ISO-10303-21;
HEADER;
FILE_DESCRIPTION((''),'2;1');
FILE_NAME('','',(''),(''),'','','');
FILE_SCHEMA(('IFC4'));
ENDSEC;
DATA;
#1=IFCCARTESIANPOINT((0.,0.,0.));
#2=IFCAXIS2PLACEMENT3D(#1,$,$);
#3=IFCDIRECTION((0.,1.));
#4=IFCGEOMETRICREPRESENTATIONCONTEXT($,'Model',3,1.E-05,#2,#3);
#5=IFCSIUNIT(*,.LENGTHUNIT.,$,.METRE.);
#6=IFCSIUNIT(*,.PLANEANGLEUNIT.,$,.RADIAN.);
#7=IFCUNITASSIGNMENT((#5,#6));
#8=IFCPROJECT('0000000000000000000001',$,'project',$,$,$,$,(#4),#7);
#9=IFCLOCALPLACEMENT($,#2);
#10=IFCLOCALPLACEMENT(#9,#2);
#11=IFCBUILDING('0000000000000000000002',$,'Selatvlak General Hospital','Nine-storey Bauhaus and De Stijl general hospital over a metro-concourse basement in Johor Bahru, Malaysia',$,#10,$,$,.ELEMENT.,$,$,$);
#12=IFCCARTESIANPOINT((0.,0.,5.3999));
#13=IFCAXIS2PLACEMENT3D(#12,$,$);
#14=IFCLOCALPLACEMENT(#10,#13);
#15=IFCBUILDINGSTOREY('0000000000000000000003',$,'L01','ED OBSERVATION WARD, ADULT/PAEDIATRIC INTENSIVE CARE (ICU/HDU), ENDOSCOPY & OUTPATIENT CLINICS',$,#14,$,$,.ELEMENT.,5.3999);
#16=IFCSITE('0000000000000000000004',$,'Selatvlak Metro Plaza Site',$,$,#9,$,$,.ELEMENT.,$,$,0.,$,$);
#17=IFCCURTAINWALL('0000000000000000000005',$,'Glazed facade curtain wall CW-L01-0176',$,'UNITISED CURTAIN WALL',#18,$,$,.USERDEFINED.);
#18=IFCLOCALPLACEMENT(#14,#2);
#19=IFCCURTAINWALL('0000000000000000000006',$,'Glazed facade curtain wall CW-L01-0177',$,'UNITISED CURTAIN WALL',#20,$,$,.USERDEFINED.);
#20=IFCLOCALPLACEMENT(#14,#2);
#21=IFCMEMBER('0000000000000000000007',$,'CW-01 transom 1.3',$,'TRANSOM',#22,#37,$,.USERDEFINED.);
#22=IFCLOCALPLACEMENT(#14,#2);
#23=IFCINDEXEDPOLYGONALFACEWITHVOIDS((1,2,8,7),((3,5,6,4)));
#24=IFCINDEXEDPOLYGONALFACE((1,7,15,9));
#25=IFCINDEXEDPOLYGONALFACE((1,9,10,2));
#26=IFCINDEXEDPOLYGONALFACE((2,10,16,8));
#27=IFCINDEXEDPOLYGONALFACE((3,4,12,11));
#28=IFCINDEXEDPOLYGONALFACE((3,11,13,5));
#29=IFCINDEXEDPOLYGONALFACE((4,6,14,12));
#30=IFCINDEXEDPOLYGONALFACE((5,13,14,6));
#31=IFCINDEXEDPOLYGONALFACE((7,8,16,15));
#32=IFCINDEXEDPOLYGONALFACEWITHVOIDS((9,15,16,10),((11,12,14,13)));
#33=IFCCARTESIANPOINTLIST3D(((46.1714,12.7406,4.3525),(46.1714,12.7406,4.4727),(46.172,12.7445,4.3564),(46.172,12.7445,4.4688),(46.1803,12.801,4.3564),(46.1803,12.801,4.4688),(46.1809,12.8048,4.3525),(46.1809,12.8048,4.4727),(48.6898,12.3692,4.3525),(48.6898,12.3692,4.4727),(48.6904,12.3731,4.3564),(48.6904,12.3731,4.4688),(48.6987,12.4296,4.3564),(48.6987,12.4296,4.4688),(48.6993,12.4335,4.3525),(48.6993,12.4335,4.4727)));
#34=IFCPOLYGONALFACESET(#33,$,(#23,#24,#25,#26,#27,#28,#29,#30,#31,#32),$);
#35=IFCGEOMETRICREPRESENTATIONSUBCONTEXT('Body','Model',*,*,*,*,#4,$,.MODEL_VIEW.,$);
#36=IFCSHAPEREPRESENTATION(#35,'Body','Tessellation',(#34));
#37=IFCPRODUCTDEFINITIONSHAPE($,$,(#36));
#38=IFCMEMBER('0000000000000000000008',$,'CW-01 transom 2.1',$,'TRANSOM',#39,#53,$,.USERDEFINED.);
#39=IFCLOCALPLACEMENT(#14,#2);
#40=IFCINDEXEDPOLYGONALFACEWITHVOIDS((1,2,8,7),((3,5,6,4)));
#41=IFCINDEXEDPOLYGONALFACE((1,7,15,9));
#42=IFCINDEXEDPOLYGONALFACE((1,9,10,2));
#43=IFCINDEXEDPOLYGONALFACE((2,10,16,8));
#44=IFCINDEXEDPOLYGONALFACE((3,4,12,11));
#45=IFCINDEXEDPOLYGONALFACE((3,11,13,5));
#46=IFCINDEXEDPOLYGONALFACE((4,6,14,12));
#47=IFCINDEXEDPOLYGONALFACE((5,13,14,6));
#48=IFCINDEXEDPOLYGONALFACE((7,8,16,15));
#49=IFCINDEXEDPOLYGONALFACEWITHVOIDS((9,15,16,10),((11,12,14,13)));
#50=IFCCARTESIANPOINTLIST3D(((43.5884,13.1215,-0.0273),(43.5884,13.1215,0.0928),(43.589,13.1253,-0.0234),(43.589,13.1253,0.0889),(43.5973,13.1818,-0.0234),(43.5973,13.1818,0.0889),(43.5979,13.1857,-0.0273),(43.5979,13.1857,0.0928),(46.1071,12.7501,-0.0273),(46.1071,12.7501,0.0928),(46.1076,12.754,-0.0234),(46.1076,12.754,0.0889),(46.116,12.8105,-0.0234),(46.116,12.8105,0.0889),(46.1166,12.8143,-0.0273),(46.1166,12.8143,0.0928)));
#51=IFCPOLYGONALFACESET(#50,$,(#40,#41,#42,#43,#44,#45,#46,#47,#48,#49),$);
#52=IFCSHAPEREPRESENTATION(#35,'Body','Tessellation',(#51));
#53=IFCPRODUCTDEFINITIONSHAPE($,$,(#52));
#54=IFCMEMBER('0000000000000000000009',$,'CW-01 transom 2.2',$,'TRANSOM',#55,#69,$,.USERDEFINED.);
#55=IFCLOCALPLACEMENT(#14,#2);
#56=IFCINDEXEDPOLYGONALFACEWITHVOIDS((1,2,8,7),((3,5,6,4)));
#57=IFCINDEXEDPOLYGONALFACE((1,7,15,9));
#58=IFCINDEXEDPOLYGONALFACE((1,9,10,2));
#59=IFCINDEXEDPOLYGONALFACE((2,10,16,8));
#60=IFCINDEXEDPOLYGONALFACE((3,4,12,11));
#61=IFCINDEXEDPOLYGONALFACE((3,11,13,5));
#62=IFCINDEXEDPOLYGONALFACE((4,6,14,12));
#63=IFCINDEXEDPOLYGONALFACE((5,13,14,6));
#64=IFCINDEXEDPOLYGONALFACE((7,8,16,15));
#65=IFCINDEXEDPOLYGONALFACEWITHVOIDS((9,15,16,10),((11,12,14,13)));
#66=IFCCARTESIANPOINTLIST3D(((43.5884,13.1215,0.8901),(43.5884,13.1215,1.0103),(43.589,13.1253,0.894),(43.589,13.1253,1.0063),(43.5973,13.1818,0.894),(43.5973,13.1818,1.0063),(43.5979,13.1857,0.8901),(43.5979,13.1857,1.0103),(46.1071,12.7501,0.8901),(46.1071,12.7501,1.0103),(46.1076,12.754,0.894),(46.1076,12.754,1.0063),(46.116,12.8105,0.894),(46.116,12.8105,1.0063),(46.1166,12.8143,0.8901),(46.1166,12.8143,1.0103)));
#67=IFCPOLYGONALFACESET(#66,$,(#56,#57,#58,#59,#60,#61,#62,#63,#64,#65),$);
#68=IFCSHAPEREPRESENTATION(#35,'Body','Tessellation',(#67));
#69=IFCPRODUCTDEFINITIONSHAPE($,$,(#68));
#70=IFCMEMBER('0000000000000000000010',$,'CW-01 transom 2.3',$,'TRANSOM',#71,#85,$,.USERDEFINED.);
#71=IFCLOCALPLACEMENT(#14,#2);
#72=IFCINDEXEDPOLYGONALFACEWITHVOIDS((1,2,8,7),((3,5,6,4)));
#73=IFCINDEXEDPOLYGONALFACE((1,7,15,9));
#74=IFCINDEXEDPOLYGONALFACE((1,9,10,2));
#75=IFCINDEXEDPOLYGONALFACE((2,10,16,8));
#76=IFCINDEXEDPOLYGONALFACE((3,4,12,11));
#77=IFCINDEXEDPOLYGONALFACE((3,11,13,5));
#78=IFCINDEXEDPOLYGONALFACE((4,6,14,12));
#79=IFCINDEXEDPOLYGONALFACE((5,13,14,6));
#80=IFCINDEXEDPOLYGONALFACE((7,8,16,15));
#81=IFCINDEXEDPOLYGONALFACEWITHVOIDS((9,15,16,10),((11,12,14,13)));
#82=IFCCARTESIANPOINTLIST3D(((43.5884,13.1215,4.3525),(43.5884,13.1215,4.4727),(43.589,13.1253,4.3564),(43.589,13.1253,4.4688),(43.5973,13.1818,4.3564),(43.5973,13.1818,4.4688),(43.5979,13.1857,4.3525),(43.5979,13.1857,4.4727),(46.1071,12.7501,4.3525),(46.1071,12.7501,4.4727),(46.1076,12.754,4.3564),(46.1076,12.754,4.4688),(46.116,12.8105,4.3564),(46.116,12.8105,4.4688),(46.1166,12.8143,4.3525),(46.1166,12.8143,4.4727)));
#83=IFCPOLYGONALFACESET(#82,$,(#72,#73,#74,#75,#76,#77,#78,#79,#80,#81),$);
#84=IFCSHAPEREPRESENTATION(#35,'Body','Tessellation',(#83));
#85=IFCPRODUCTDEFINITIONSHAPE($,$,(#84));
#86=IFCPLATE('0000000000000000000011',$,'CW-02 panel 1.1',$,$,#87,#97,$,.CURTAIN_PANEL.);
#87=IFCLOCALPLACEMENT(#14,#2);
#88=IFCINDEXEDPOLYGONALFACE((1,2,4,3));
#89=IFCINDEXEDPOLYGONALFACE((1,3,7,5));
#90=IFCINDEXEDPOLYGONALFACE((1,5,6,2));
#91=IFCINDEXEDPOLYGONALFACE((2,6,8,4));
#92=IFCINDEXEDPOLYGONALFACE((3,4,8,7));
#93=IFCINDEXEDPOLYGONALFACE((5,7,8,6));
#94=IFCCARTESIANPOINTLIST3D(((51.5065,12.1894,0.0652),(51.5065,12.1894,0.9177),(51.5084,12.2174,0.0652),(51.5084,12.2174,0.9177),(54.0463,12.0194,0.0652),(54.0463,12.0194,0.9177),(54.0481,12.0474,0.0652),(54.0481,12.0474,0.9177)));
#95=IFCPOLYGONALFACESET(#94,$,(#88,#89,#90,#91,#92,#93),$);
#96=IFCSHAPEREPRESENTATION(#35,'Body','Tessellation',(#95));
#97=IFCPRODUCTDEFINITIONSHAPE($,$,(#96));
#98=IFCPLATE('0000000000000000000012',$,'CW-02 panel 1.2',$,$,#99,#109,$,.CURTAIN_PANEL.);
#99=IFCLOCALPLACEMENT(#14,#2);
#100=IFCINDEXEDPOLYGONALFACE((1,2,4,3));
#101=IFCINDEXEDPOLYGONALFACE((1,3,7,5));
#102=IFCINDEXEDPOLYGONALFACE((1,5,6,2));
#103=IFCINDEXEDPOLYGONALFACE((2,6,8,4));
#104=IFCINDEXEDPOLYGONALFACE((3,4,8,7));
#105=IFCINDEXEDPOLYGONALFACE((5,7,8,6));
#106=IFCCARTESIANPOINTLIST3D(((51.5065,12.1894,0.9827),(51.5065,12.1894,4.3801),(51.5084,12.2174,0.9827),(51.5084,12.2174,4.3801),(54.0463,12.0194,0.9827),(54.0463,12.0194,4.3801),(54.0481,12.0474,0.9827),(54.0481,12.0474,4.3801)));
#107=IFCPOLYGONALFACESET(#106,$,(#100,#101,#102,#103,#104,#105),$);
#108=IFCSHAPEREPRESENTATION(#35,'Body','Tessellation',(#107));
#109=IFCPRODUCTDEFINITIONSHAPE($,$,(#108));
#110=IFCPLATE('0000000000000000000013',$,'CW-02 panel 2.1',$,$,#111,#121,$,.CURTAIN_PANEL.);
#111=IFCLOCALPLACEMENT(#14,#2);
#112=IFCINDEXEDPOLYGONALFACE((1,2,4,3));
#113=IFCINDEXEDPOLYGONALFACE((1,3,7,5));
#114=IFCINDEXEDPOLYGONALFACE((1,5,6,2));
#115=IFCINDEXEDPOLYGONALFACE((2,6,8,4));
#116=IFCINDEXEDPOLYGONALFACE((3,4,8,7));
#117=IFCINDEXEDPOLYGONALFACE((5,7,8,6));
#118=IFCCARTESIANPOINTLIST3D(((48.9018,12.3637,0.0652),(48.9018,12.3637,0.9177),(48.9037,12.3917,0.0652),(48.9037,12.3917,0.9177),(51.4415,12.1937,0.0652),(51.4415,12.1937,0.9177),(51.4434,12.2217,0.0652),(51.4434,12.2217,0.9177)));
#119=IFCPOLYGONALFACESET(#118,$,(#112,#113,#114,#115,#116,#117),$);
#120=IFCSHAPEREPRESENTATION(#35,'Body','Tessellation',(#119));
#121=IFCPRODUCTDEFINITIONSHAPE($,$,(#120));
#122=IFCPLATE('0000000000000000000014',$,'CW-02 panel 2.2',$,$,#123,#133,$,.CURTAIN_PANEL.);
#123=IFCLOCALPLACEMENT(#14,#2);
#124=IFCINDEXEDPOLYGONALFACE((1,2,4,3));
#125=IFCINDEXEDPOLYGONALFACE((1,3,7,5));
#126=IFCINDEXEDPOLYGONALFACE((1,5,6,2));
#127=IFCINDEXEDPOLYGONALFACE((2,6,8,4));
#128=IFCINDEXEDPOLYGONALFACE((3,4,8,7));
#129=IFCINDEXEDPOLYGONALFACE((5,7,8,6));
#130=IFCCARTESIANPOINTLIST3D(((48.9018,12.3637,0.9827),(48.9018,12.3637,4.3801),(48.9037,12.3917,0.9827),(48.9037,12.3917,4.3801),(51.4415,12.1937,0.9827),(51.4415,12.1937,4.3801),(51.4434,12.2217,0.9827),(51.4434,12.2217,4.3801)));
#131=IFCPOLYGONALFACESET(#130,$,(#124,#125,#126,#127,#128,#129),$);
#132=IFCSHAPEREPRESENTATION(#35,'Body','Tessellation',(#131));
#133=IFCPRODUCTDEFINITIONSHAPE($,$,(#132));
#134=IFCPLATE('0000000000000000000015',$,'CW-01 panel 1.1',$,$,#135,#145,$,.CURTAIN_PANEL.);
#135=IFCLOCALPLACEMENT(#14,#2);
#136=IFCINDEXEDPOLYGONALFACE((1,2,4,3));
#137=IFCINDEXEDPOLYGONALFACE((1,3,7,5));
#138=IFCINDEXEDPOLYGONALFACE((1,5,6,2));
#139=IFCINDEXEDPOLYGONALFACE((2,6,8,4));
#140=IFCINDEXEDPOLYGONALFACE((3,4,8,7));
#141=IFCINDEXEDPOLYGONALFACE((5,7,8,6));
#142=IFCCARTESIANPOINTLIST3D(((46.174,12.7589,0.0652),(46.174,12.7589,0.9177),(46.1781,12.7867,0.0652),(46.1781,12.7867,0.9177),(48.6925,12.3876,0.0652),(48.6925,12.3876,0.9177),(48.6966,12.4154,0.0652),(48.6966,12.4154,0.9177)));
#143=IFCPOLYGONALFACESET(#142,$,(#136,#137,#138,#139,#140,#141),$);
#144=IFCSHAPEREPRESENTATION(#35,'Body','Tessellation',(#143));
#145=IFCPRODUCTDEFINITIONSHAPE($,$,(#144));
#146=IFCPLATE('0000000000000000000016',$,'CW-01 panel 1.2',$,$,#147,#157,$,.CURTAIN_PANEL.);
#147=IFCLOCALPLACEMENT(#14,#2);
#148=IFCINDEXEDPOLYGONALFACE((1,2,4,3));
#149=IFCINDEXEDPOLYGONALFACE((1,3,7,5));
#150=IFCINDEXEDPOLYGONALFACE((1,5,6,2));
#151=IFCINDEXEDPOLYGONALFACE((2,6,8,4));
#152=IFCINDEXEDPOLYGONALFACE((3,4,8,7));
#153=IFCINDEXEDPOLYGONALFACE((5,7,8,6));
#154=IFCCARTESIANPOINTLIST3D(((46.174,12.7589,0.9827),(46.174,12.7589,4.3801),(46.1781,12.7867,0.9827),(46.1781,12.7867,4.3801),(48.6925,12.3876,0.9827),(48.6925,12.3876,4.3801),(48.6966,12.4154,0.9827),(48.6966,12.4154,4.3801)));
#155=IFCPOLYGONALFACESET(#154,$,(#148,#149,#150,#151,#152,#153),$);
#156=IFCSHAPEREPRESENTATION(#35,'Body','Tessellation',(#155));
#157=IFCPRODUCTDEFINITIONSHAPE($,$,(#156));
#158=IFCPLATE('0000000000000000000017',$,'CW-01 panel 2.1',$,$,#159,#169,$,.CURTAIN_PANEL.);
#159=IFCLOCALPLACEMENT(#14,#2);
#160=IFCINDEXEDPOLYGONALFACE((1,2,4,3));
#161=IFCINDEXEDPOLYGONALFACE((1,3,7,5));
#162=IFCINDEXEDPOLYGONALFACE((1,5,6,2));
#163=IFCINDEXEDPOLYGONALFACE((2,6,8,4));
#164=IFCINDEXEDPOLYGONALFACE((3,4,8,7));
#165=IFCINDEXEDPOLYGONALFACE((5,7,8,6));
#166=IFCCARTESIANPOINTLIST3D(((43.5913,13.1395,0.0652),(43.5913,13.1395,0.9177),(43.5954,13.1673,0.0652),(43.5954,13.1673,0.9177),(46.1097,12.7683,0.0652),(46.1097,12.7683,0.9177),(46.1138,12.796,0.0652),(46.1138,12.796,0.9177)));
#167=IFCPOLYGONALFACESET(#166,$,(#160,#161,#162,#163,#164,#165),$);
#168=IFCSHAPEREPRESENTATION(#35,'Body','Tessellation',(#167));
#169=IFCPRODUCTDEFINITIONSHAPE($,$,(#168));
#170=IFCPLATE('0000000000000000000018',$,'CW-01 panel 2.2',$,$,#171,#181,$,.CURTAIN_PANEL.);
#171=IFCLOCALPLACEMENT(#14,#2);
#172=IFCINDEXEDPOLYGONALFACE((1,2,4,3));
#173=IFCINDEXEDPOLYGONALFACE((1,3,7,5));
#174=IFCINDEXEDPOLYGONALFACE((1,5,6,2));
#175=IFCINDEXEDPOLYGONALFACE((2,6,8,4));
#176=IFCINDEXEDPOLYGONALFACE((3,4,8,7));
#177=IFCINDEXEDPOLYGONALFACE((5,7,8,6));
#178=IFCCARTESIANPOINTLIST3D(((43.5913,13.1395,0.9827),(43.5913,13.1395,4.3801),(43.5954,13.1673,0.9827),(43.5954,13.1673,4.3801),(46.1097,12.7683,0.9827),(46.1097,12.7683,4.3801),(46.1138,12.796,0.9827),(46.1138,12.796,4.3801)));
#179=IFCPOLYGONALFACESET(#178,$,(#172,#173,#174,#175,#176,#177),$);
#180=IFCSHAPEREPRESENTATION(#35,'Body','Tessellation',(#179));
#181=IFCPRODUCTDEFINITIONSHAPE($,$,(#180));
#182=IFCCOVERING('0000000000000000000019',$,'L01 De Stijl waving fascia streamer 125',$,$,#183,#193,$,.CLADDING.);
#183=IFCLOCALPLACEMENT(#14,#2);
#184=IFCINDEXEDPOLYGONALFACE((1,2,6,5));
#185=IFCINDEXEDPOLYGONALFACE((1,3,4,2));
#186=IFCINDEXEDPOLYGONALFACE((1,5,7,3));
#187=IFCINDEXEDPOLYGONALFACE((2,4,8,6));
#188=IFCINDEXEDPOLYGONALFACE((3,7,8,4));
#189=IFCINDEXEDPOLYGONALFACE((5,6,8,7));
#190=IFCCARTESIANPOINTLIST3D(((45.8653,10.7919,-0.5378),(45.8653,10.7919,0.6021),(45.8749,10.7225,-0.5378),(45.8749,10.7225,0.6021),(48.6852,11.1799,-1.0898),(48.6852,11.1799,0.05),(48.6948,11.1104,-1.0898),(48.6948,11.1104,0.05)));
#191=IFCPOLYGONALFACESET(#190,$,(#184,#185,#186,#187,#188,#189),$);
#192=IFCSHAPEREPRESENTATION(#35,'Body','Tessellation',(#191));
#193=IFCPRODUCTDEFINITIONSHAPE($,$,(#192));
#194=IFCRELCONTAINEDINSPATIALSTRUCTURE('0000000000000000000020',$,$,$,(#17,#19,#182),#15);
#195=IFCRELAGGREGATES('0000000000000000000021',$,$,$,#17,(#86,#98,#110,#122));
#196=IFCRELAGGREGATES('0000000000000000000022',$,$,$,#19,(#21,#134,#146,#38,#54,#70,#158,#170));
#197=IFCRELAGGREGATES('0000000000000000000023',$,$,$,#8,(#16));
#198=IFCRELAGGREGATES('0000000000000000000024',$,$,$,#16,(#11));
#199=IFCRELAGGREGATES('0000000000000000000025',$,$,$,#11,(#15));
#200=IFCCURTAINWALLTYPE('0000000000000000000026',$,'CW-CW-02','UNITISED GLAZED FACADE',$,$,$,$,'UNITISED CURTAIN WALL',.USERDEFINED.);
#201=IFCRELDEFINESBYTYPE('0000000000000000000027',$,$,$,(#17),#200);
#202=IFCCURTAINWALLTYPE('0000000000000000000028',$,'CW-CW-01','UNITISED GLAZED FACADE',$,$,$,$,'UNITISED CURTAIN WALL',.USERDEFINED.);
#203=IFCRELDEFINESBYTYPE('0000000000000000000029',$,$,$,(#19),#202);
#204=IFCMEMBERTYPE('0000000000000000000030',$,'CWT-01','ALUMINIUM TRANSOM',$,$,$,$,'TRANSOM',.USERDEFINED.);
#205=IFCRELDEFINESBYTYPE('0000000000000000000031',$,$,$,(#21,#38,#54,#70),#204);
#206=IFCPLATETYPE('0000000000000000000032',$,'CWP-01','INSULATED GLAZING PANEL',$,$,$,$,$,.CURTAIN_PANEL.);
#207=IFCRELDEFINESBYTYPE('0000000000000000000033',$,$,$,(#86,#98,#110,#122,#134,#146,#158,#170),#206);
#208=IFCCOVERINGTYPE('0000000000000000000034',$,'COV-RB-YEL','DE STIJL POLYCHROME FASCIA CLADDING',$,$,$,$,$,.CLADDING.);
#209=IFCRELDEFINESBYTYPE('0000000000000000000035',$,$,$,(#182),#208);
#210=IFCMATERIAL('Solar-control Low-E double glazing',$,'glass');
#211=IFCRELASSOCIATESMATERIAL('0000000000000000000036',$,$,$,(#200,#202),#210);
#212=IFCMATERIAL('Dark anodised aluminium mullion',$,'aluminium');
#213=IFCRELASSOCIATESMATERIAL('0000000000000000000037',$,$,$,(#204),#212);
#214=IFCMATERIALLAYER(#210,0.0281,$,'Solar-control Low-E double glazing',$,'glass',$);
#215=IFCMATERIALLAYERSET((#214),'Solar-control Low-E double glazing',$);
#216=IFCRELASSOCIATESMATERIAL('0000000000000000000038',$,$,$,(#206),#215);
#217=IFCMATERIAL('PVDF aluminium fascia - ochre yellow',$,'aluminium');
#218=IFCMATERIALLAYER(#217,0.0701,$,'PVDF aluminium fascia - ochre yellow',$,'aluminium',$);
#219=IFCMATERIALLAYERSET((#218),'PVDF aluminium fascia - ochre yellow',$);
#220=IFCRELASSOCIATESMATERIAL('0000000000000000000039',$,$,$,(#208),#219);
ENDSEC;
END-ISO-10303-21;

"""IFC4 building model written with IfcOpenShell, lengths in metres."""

from ifc_helpers import new_model, si_unit, direction, frame, origin, origin_2d, place, context, subcontext, project, spatial, polyline, rectangle, hollow_rectangle, outline, extrude, material, layer, layer_set, material_profile, profile_set, type_object, element, aggregate, save


model = new_model("IFC4")

# Units and contexts
model_context = context("Model", 3, precision=1e-05, world=origin(), true_north=direction((0.0, 1.0)))
body_context = subcontext(model_context, "Body", "Model", "MODEL_VIEW")
ifc_project = project(units=[si_unit("LENGTHUNIT", "METRE"), si_unit("PLANEANGLEUNIT", "RADIAN")], contexts=[model_context])

# Site, building, storey
site_placement = place(None, origin())
site = spatial("IfcSite", under=ifc_project, at=site_placement, Name="Selatvlak Metro Plaza Site", CompositionType="ELEMENT", RefElevation=0.0)
building_placement = place(site_placement, origin())
building = spatial("IfcBuilding", under=site, at=building_placement, Name="Selatvlak General Hospital", Description="Nine-storey Bauhaus and De Stijl general hospital over a metro-concourse basement in Johor Bahru, Malaysia", CompositionType="ELEMENT")
storey_placement = place(building_placement, frame((0.0, 0.0, 5.3999)))
storey = spatial("IfcBuildingStorey", under=building, at=storey_placement, Name="L01", Description="ED OBSERVATION WARD, ADULT/PAEDIATRIC INTENSIVE CARE (ICU/HDU), ENDOSCOPY & OUTPATIENT CLINICS", CompositionType="ELEMENT", Elevation=5.3999)

# Curtain walls
ifc_material_1 = material(Name="Solar-control Low-E double glazing", Category="glass")
curtain_wall_type_1 = type_object("IfcCurtainWallType", Name="CW-CW-02", Description="UNITISED GLAZED FACADE", ElementType="UNITISED CURTAIN WALL", PredefinedType="USERDEFINED", material=ifc_material_1)
curtain_wall_1_placement = place(storey_placement, origin())
curtain_wall_1 = element("IfcCurtainWall", 1, at=curtain_wall_1_placement, inside=storey, type_object=curtain_wall_type_1, Name="Glazed facade curtain wall CW-L01-0176", ObjectType="UNITISED CURTAIN WALL", PredefinedType="USERDEFINED")
ifc_material_2 = material(Name="Dark anodised aluminium mullion", Category="aluminium")
curtain_wall_type_2 = type_object("IfcCurtainWallType", Name="CW-CW-01", Description="UNITISED GLAZED FACADE", ElementType="UNITISED CURTAIN WALL", PredefinedType="USERDEFINED", material=ifc_material_1)
curtain_wall_2_placement = place(storey_placement, origin())
curtain_wall_2 = element("IfcCurtainWall", 2, at=curtain_wall_2_placement, inside=storey, type_object=curtain_wall_type_2, Name="Glazed facade curtain wall CW-L01-0177", ObjectType="UNITISED CURTAIN WALL", PredefinedType="USERDEFINED")

# Members
ifc_material_profile_1 = material_profile(ifc_material_2, hollow_rectangle(XDim=0.0649, YDim=0.1201, WallThickness=0.0039, at=origin_2d()), Name="AL-TRN 65x120x4")
ifc_profile_set_1 = profile_set([ifc_material_profile_1], Name="Dark anodised aluminium mullion")
member_type_1 = type_object("IfcMemberType", Name="CWT-01", Description="ALUMINIUM TRANSOM", ElementType="TRANSOM", PredefinedType="USERDEFINED", material=ifc_profile_set_1)
member_1_placement = place(storey_placement, frame((48.6946, 12.4014, 4.4126), z_axis=(-0.989303, 0.145878, 0.0), x_axis=(-0.145878, -0.989303, 0.0)))
member_1 = element("IfcMember", 3, at=member_1_placement, type_object=member_type_1, Name="CW-01 transom 1.3", ObjectType="TRANSOM", PredefinedType="USERDEFINED", context=body_context, shape_type="SweptSolid", body=[
    extrude(hollow_rectangle(XDim=0.0649, YDim=0.1201, WallThickness=0.0039, at=origin_2d()), origin(), (0.0, 0.0, 1.0), 2.5457),
])
member_2_placement = place(storey_placement, frame((46.1118, 12.7822, 0.0327), z_axis=(-0.989305, 0.145864, 0.0), x_axis=(-0.145864, -0.989305, 0.0)))
member_2 = element("IfcMember", 4, at=member_2_placement, type_object=member_type_1, Name="CW-01 transom 2.1", ObjectType="TRANSOM", PredefinedType="USERDEFINED", context=body_context, shape_type="SweptSolid", body=[
    extrude(hollow_rectangle(XDim=0.0649, YDim=0.1201, WallThickness=0.0039, at=origin_2d()), origin(), (0.0, 0.0, 1.0), 2.5459),
])
member_3_placement = place(storey_placement, frame((46.1118, 12.7822, 0.9502), z_axis=(-0.989305, 0.145864, 0.0), x_axis=(-0.145864, -0.989305, 0.0)))
member_3 = element("IfcMember", 5, at=member_3_placement, type_object=member_type_1, Name="CW-01 transom 2.2", ObjectType="TRANSOM", PredefinedType="USERDEFINED", context=body_context, shape_type="SweptSolid", body=[
    extrude(hollow_rectangle(XDim=0.0649, YDim=0.1201, WallThickness=0.0039, at=origin_2d()), origin(), (0.0, 0.0, 1.0), 2.5459),
])
member_4_placement = place(storey_placement, frame((46.1118, 12.7822, 4.4126), z_axis=(-0.989305, 0.145864, 0.0), x_axis=(-0.145864, -0.989305, 0.0)))
member_4 = element("IfcMember", 6, at=member_4_placement, type_object=member_type_1, Name="CW-01 transom 2.3", ObjectType="TRANSOM", PredefinedType="USERDEFINED", context=body_context, shape_type="SweptSolid", body=[
    extrude(hollow_rectangle(XDim=0.0649, YDim=0.1201, WallThickness=0.0039, at=origin_2d()), origin(), (0.0, 0.0, 1.0), 2.5459),
])

# Plates
ifc_layer_1 = layer(ifc_material_1, 0.0281, Name="Solar-control Low-E double glazing", Category="glass")
ifc_layer_set_1 = layer_set([ifc_layer_1], Name="Solar-control Low-E double glazing")
plate_type = type_object("IfcPlateType", Name="CWP-01", Description="INSULATED GLAZING PANEL", PredefinedType="CURTAIN_PANEL", material=ifc_layer_set_1)
plate_1_placement = place(storey_placement, frame((52.7773, 12.1184, 0.0652), z_axis=(0.0, 0.0, 1.0), x_axis=(-0.997768, 0.066783, 0.0)))
plate_1 = element("IfcPlate", 7, at=plate_1_placement, type_object=plate_type, Name="CW-02 panel 1.1", PredefinedType="CURTAIN_PANEL", context=body_context, shape_type="SweptSolid", body=[
    extrude(rectangle(XDim=2.5454, YDim=0.0281, at=origin_2d()), origin(), (0.0, 0.0, 1.0), 0.8525),
])
plate_2_placement = place(storey_placement, frame((52.7773, 12.1184, 0.9827), z_axis=(0.0, 0.0, 1.0), x_axis=(-0.997768, 0.066783, 0.0)))
plate_2 = element("IfcPlate", 8, at=plate_2_placement, type_object=plate_type, Name="CW-02 panel 1.2", PredefinedType="CURTAIN_PANEL", context=body_context, shape_type="SweptSolid", body=[
    extrude(rectangle(XDim=2.5454, YDim=0.0281, at=origin_2d()), origin(), (0.0, 0.0, 1.0), 3.3975),
])
plate_3_placement = place(storey_placement, frame((50.1726, 12.2927, 0.0652), z_axis=(0.0, 0.0, 1.0), x_axis=(-0.997768, 0.066783, 0.0)))
plate_3 = element("IfcPlate", 9, at=plate_3_placement, type_object=plate_type, Name="CW-02 panel 2.1", PredefinedType="CURTAIN_PANEL", context=body_context, shape_type="SweptSolid", body=[
    extrude(rectangle(XDim=2.5454, YDim=0.0281, at=origin_2d()), origin(), (0.0, 0.0, 1.0), 0.8525),
])
plate_4_placement = place(storey_placement, frame((50.1726, 12.2927, 0.9827), z_axis=(0.0, 0.0, 1.0), x_axis=(-0.997768, 0.066783, 0.0)))
plate_4 = element("IfcPlate", 10, at=plate_4_placement, type_object=plate_type, Name="CW-02 panel 2.2", PredefinedType="CURTAIN_PANEL", context=body_context, shape_type="SweptSolid", body=[
    extrude(rectangle(XDim=2.5454, YDim=0.0281, at=origin_2d()), origin(), (0.0, 0.0, 1.0), 3.3975),
])
aggregate(curtain_wall_1, [plate_1, plate_2, plate_3, plate_4])
plate_5_placement = place(storey_placement, frame((47.4353, 12.5872, 0.0652), z_axis=(0.0, 0.0, 1.0), x_axis=(-0.989308, 0.145843, 0.0)))
plate_5 = element("IfcPlate", 11, at=plate_5_placement, type_object=plate_type, Name="CW-01 panel 1.1", PredefinedType="CURTAIN_PANEL", context=body_context, shape_type="SweptSolid", body=[
    extrude(rectangle(XDim=2.5457, YDim=0.0281, at=origin_2d()), origin(), (0.0, 0.0, 1.0), 0.8525),
])
plate_6_placement = place(storey_placement, frame((47.4353, 12.5872, 0.9827), z_axis=(0.0, 0.0, 1.0), x_axis=(-0.989308, 0.145843, 0.0)))
plate_6 = element("IfcPlate", 12, at=plate_6_placement, type_object=plate_type, Name="CW-01 panel 1.2", PredefinedType="CURTAIN_PANEL", context=body_context, shape_type="SweptSolid", body=[
    extrude(rectangle(XDim=2.5457, YDim=0.0281, at=origin_2d()), origin(), (0.0, 0.0, 1.0), 3.3975),
])
plate_7_placement = place(storey_placement, frame((44.8525, 12.9678, 0.0652), z_axis=(0.0, 0.0, 1.0), x_axis=(-0.989308, 0.145843, 0.0)))
plate_7 = element("IfcPlate", 13, at=plate_7_placement, type_object=plate_type, Name="CW-01 panel 2.1", PredefinedType="CURTAIN_PANEL", context=body_context, shape_type="SweptSolid", body=[
    extrude(rectangle(XDim=2.5457, YDim=0.0281, at=origin_2d()), origin(), (0.0, 0.0, 1.0), 0.8525),
])
plate_8_placement = place(storey_placement, frame((44.8525, 12.9678, 0.9827), z_axis=(0.0, 0.0, 1.0), x_axis=(-0.989308, 0.145843, 0.0)))
plate_8 = element("IfcPlate", 14, at=plate_8_placement, type_object=plate_type, Name="CW-01 panel 2.2", PredefinedType="CURTAIN_PANEL", context=body_context, shape_type="SweptSolid", body=[
    extrude(rectangle(XDim=2.5457, YDim=0.0281, at=origin_2d()), origin(), (0.0, 0.0, 1.0), 3.3975),
])
aggregate(curtain_wall_2, [member_1, plate_5, plate_6, member_2, member_3, member_4, plate_7, plate_8])

# Covering
ifc_material_3 = material(Name="PVDF aluminium fascia - ochre yellow", Category="aluminium")
ifc_layer_2 = layer(ifc_material_3, 0.0701, Name="PVDF aluminium fascia - ochre yellow", Category="aluminium")
ifc_layer_set_2 = layer_set([ifc_layer_2], Name="PVDF aluminium fascia - ochre yellow")
covering_type = type_object("IfcCoveringType", Name="COV-RB-YEL", Description="DE STIJL POLYCHROME FASCIA CLADDING", PredefinedType="CLADDING", material=ifc_layer_set_2)
covering_1_placement = place(storey_placement, frame((45.8701, 10.7571, -0.5378), z_axis=(0.0, 0.0, 1.0), x_axis=(0.990669, 0.136292, 0.0)))
element("IfcCovering", 15, at=covering_1_placement, inside=storey, type_object=covering_type, Name="L01 De Stijl waving fascia streamer 125", PredefinedType="CLADDING", context=body_context, shape_type="SweptSolid", body=[
    extrude(outline(polyline([(0.0, 0.0), (2.8464, -0.552), (2.8464, 0.5879), (0.0, 1.1399), (0.0, 0.0)])), frame((0.0, 0.0352, 0.0), z_axis=(0.0, -1.0, 0.0), x_axis=(1.0, 0.0, 0.0)), (0.0, 0.0, 1.0), 0.0701),
])

save(model, "model.ifc")
